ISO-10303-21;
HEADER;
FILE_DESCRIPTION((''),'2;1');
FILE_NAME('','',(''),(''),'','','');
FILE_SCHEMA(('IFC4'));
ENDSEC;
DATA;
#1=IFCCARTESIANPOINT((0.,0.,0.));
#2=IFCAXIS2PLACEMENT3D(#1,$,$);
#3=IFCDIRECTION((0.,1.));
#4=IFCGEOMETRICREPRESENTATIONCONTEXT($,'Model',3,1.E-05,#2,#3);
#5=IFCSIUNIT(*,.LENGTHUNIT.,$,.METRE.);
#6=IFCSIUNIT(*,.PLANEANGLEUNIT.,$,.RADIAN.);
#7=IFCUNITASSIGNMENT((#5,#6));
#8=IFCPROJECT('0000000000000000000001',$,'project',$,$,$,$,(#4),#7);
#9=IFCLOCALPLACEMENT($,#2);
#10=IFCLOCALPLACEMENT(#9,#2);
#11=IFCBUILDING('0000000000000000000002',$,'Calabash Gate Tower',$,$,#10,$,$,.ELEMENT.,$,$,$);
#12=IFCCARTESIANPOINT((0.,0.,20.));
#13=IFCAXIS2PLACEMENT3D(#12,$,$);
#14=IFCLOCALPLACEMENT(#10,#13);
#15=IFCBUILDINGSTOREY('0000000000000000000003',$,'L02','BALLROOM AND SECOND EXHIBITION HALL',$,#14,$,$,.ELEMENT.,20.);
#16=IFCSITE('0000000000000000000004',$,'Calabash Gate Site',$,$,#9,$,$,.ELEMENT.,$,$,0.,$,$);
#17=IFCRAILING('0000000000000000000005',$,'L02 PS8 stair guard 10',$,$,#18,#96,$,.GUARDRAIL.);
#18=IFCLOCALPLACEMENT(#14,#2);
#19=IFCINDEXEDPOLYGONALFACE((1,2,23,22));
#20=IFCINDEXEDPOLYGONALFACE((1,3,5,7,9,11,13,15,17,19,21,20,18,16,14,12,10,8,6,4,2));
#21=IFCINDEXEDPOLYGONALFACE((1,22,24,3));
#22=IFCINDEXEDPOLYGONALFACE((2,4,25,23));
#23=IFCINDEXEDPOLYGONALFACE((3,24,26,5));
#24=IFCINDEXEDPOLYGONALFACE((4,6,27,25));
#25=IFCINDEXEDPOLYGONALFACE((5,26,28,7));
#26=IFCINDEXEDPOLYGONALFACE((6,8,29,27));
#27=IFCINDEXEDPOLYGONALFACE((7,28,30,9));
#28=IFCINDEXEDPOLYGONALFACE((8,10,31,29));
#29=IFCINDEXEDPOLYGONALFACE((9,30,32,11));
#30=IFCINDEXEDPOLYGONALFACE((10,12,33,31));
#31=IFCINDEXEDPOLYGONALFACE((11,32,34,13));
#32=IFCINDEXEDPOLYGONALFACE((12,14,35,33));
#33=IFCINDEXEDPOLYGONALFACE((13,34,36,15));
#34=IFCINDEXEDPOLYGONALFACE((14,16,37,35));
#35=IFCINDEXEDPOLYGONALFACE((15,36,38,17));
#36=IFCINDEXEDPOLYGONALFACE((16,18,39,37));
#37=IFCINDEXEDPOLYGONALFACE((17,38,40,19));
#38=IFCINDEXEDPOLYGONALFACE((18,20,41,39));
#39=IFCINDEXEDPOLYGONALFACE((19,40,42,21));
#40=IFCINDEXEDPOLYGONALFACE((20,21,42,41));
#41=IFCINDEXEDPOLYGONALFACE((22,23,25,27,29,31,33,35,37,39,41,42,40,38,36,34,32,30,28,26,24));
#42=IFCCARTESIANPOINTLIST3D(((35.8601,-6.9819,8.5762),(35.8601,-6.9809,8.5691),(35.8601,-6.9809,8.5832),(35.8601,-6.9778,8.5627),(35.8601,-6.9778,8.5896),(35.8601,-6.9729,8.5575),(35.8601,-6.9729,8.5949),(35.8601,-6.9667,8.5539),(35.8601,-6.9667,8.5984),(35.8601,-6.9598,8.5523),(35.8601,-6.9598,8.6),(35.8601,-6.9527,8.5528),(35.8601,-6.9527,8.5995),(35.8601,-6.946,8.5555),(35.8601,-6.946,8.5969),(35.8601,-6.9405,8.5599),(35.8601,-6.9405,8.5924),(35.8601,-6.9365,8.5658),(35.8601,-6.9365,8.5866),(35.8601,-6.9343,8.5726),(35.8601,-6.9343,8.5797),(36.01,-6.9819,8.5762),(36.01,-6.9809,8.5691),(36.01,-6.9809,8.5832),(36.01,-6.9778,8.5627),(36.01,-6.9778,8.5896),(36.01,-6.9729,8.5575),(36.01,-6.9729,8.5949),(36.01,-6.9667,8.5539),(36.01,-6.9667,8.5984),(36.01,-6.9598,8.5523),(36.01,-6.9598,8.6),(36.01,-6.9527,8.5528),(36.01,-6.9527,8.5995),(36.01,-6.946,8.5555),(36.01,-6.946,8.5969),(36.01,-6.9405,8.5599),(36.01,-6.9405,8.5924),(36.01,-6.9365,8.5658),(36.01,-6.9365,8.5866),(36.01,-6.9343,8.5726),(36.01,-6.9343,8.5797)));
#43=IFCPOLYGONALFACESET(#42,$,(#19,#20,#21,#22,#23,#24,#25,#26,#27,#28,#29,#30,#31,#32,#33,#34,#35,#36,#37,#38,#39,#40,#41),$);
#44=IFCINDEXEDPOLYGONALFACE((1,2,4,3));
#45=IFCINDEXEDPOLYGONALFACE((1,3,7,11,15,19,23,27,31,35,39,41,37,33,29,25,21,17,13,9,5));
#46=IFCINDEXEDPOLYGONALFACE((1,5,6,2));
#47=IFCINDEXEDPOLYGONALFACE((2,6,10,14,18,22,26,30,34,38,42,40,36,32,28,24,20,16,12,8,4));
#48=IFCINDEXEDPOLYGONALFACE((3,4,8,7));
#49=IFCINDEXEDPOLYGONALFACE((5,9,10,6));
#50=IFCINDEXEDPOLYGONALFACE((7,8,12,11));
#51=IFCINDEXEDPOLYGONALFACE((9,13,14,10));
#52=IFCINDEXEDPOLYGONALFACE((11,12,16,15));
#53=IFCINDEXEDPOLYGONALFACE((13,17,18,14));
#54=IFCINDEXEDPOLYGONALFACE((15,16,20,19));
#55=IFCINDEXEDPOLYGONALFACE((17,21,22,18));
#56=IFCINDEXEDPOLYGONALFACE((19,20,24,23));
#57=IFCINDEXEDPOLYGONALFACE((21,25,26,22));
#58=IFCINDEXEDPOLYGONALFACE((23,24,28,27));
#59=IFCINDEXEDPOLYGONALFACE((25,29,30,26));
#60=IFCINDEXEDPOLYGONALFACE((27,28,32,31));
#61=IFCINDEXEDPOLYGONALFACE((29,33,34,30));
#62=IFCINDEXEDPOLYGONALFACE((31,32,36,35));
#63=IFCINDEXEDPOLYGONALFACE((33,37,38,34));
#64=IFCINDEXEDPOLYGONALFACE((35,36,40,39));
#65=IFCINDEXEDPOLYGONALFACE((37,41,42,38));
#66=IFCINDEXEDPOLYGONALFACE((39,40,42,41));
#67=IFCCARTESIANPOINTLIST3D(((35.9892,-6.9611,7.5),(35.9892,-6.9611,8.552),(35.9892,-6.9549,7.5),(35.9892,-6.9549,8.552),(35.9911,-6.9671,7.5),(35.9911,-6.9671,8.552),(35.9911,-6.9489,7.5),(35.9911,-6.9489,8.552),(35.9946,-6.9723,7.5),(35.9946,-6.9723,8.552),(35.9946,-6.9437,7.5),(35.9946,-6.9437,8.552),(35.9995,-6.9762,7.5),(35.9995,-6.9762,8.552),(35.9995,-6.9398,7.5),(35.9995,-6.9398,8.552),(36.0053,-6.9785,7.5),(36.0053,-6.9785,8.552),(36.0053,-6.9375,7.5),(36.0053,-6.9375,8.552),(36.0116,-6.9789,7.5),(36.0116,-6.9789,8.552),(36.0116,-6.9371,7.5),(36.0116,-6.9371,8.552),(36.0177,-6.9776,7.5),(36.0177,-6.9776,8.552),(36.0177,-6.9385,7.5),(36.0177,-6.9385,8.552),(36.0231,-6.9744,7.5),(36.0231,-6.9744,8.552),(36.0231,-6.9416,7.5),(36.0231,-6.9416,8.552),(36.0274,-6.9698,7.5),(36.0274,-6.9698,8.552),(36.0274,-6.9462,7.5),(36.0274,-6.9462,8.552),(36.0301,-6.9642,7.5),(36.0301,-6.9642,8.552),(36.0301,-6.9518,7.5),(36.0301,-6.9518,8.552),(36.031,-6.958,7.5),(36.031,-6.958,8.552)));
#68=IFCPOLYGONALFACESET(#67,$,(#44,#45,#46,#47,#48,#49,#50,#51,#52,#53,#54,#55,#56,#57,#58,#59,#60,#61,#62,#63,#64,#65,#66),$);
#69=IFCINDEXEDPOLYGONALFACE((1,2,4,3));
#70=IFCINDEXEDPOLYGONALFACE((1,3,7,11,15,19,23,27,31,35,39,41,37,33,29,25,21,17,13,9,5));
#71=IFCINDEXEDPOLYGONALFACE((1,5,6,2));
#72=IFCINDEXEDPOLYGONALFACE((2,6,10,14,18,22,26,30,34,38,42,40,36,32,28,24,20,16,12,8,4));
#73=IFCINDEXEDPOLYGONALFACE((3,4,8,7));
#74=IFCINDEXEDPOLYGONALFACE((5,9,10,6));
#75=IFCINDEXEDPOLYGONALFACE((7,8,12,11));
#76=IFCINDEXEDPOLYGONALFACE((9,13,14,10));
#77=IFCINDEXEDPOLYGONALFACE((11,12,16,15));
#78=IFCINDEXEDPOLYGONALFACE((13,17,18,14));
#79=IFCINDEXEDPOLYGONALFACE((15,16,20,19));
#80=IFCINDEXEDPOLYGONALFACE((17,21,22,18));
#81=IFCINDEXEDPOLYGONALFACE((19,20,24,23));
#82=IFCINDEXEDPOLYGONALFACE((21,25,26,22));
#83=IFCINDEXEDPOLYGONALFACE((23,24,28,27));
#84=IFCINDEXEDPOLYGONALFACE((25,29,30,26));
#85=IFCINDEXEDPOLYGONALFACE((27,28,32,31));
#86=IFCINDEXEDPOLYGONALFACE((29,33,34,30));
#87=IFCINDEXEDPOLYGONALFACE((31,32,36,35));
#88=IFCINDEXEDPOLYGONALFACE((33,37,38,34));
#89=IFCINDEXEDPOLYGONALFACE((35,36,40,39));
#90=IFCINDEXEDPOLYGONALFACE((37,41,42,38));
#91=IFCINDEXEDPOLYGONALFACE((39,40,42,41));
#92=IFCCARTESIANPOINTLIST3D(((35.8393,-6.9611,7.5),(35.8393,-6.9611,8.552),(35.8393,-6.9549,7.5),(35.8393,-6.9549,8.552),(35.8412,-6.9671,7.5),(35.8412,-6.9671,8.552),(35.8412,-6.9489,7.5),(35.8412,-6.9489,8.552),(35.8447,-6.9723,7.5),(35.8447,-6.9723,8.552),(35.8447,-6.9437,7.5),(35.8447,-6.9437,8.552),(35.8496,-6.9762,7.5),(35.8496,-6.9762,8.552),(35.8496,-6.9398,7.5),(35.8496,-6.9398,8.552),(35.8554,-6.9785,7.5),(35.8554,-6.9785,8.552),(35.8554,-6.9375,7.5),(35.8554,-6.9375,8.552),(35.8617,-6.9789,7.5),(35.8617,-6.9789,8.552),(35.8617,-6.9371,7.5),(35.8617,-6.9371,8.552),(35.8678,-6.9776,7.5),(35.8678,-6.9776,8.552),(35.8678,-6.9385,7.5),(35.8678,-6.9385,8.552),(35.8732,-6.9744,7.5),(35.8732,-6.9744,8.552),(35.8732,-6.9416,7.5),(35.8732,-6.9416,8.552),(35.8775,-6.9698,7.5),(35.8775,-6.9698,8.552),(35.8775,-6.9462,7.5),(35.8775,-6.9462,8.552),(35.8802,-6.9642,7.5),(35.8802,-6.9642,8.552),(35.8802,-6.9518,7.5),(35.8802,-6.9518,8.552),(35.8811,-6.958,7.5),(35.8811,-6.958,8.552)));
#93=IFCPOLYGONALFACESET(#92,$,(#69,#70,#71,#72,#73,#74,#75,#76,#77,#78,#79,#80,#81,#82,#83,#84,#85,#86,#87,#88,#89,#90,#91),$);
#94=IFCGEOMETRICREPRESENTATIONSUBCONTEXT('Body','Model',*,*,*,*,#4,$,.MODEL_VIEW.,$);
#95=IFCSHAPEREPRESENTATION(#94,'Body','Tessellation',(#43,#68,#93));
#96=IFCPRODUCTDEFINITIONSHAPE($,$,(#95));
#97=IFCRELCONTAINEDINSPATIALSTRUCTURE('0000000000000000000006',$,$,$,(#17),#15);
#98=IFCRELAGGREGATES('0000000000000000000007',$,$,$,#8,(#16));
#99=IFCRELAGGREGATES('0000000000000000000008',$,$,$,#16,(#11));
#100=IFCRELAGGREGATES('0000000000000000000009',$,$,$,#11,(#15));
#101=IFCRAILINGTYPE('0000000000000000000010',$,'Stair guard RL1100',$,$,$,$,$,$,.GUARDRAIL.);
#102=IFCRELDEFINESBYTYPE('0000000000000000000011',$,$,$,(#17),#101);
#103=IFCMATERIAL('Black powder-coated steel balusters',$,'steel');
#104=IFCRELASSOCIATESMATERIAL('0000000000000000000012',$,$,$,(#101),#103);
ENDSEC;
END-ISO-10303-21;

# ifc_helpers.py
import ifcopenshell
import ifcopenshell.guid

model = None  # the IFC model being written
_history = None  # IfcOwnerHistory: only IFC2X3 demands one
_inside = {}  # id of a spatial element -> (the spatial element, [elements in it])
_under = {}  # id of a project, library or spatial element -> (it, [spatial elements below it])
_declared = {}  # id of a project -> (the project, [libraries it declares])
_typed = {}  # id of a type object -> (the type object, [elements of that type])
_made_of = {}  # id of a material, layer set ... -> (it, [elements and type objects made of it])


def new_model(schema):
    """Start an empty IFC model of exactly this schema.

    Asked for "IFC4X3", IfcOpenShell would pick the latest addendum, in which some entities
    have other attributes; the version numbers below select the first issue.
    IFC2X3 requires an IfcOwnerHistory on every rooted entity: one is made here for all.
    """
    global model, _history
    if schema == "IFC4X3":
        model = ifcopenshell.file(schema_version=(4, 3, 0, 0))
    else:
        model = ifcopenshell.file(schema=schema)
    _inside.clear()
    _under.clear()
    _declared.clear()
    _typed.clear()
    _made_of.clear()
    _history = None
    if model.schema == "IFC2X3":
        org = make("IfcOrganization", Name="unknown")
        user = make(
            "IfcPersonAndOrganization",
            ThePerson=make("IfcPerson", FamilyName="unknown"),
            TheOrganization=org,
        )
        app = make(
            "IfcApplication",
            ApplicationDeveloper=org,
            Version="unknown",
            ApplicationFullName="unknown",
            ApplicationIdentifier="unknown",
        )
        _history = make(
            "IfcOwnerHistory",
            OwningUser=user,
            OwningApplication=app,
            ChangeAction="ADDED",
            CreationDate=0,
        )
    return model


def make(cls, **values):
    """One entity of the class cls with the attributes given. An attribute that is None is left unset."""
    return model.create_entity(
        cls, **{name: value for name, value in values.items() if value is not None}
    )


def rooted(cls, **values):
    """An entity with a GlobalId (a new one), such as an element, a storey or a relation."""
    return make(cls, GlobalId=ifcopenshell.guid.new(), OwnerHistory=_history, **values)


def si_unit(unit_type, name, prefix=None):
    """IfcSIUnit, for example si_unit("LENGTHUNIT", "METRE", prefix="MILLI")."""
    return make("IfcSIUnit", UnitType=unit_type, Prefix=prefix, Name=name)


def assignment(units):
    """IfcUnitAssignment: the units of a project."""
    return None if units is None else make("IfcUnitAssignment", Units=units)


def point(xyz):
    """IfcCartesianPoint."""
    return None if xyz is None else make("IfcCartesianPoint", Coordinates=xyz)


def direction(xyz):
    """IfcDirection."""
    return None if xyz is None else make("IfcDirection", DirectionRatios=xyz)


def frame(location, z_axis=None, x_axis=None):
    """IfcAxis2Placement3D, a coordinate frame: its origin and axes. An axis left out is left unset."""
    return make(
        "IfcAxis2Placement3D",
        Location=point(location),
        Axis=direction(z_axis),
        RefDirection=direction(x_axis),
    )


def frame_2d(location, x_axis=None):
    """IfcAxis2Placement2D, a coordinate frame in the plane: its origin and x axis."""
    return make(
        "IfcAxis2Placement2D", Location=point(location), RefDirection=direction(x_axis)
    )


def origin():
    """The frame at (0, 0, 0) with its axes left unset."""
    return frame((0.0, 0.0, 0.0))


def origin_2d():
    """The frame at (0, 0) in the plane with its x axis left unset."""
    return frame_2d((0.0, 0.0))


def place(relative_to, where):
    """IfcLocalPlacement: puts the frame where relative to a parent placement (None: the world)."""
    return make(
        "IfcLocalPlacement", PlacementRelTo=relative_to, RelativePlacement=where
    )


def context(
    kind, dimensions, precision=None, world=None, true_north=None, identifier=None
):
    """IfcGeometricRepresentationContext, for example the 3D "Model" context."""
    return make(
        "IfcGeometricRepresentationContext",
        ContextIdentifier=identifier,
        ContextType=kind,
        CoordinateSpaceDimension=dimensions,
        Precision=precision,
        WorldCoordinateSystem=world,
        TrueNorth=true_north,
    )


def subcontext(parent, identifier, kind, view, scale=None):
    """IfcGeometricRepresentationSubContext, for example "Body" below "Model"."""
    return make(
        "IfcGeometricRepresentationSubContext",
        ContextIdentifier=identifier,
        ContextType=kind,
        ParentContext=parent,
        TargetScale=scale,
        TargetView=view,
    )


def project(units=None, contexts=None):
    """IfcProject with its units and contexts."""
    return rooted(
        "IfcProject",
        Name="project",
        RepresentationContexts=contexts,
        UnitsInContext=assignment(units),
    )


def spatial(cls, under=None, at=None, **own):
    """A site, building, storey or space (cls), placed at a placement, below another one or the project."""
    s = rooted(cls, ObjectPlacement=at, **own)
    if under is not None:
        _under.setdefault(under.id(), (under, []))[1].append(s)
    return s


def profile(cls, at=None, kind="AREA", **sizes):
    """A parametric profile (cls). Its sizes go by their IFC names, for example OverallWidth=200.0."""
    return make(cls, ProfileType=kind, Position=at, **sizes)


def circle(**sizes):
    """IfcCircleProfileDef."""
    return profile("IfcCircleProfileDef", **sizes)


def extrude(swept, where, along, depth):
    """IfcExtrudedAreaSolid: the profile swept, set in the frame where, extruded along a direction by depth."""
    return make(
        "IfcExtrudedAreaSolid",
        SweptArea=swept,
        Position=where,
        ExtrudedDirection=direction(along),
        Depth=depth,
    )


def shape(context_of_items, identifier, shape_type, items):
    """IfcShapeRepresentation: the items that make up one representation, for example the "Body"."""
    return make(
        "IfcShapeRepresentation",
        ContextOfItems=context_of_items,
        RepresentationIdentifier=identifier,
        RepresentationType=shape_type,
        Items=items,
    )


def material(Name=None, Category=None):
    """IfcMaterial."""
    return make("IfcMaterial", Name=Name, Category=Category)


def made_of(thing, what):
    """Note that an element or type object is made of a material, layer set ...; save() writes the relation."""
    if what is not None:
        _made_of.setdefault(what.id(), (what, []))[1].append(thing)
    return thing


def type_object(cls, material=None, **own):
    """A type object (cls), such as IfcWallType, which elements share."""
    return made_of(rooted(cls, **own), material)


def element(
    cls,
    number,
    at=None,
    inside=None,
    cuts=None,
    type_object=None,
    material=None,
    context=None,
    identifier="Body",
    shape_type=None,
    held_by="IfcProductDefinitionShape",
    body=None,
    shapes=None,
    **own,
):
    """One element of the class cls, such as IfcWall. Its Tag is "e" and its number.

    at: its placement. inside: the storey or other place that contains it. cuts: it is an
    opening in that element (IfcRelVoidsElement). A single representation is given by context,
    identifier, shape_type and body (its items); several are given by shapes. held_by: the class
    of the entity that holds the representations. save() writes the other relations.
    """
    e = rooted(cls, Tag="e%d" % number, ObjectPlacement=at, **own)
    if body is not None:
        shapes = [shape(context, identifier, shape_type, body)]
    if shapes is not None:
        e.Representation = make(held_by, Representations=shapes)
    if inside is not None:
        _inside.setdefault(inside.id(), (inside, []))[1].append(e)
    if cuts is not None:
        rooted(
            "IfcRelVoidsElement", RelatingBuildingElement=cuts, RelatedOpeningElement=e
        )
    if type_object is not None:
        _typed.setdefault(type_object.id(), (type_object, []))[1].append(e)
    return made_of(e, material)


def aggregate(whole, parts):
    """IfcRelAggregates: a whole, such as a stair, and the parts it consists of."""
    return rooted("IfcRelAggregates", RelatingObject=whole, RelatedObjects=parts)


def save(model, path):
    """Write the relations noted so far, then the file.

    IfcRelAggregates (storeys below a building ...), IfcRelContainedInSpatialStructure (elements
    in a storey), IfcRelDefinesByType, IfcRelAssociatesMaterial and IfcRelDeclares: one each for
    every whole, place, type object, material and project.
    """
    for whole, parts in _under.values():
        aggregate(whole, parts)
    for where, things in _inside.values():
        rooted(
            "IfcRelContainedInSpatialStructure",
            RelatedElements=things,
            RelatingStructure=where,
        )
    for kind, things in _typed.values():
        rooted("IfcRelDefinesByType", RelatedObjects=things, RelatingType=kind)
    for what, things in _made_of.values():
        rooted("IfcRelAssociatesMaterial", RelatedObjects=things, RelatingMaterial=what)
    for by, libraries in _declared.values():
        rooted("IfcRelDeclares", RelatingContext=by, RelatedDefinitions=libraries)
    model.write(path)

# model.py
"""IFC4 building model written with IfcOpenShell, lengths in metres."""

from ifc_helpers import new_model, si_unit, direction, frame, origin, origin_2d, place, context, subcontext, project, spatial, circle, extrude, material, type_object, element, save


model = new_model("IFC4")

# Units and contexts
model_context = context("Model", 3, precision=1e-05, world=origin(), true_north=direction((0.0, 1.0)))
body_context = subcontext(model_context, "Body", "Model", "MODEL_VIEW")
ifc_project = project(units=[si_unit("LENGTHUNIT", "METRE"), si_unit("PLANEANGLEUNIT", "RADIAN")], contexts=[model_context])

# Site, building, storey
site_placement = place(None, origin())
site = spatial("IfcSite", under=ifc_project, at=site_placement, Name="Calabash Gate Site", CompositionType="ELEMENT", RefElevation=0.0)
building_placement = place(site_placement, origin())
building = spatial("IfcBuilding", under=site, at=building_placement, Name="Calabash Gate Tower", CompositionType="ELEMENT")
storey_placement = place(building_placement, frame((0.0, 0.0, 20.0)))
storey = spatial("IfcBuildingStorey", under=building, at=storey_placement, Name="L02", Description="BALLROOM AND SECOND EXHIBITION HALL", CompositionType="ELEMENT", Elevation=20.0)

# Railing
ifc_material_1 = material(Name="Black powder-coated steel balusters", Category="steel")
railing_type_1 = type_object("IfcRailingType", Name="Stair guard RL1100", PredefinedType="GUARDRAIL", material=ifc_material_1)
railing_1_placement = place(storey_placement, frame((36.01, -6.958, 7.5)))
element("IfcRailing", 1, at=railing_1_placement, inside=storey, type_object=railing_type_1, Name="L02 PS8 stair guard 10", PredefinedType="GUARDRAIL", context=body_context, shape_type="SweptSolid", body=[
    extrude(circle(Radius=0.0239, at=origin_2d()), frame((0.0, 0.0, 1.0762), z_axis=(-1.0, 0.0, 0.0), x_axis=(0.0, -1.0, 0.0)), (0.0, 0.0, 1.0), 0.1499),
    extrude(circle(Radius=0.021, at=origin_2d()), origin(), (0.0, 0.0, 1.0), 1.052),
    extrude(circle(Radius=0.021, at=origin_2d()), frame((-0.1499, 0.0, 0.0)), (0.0, 0.0, 1.0), 1.052),
])

save(model, "model.ifc")
